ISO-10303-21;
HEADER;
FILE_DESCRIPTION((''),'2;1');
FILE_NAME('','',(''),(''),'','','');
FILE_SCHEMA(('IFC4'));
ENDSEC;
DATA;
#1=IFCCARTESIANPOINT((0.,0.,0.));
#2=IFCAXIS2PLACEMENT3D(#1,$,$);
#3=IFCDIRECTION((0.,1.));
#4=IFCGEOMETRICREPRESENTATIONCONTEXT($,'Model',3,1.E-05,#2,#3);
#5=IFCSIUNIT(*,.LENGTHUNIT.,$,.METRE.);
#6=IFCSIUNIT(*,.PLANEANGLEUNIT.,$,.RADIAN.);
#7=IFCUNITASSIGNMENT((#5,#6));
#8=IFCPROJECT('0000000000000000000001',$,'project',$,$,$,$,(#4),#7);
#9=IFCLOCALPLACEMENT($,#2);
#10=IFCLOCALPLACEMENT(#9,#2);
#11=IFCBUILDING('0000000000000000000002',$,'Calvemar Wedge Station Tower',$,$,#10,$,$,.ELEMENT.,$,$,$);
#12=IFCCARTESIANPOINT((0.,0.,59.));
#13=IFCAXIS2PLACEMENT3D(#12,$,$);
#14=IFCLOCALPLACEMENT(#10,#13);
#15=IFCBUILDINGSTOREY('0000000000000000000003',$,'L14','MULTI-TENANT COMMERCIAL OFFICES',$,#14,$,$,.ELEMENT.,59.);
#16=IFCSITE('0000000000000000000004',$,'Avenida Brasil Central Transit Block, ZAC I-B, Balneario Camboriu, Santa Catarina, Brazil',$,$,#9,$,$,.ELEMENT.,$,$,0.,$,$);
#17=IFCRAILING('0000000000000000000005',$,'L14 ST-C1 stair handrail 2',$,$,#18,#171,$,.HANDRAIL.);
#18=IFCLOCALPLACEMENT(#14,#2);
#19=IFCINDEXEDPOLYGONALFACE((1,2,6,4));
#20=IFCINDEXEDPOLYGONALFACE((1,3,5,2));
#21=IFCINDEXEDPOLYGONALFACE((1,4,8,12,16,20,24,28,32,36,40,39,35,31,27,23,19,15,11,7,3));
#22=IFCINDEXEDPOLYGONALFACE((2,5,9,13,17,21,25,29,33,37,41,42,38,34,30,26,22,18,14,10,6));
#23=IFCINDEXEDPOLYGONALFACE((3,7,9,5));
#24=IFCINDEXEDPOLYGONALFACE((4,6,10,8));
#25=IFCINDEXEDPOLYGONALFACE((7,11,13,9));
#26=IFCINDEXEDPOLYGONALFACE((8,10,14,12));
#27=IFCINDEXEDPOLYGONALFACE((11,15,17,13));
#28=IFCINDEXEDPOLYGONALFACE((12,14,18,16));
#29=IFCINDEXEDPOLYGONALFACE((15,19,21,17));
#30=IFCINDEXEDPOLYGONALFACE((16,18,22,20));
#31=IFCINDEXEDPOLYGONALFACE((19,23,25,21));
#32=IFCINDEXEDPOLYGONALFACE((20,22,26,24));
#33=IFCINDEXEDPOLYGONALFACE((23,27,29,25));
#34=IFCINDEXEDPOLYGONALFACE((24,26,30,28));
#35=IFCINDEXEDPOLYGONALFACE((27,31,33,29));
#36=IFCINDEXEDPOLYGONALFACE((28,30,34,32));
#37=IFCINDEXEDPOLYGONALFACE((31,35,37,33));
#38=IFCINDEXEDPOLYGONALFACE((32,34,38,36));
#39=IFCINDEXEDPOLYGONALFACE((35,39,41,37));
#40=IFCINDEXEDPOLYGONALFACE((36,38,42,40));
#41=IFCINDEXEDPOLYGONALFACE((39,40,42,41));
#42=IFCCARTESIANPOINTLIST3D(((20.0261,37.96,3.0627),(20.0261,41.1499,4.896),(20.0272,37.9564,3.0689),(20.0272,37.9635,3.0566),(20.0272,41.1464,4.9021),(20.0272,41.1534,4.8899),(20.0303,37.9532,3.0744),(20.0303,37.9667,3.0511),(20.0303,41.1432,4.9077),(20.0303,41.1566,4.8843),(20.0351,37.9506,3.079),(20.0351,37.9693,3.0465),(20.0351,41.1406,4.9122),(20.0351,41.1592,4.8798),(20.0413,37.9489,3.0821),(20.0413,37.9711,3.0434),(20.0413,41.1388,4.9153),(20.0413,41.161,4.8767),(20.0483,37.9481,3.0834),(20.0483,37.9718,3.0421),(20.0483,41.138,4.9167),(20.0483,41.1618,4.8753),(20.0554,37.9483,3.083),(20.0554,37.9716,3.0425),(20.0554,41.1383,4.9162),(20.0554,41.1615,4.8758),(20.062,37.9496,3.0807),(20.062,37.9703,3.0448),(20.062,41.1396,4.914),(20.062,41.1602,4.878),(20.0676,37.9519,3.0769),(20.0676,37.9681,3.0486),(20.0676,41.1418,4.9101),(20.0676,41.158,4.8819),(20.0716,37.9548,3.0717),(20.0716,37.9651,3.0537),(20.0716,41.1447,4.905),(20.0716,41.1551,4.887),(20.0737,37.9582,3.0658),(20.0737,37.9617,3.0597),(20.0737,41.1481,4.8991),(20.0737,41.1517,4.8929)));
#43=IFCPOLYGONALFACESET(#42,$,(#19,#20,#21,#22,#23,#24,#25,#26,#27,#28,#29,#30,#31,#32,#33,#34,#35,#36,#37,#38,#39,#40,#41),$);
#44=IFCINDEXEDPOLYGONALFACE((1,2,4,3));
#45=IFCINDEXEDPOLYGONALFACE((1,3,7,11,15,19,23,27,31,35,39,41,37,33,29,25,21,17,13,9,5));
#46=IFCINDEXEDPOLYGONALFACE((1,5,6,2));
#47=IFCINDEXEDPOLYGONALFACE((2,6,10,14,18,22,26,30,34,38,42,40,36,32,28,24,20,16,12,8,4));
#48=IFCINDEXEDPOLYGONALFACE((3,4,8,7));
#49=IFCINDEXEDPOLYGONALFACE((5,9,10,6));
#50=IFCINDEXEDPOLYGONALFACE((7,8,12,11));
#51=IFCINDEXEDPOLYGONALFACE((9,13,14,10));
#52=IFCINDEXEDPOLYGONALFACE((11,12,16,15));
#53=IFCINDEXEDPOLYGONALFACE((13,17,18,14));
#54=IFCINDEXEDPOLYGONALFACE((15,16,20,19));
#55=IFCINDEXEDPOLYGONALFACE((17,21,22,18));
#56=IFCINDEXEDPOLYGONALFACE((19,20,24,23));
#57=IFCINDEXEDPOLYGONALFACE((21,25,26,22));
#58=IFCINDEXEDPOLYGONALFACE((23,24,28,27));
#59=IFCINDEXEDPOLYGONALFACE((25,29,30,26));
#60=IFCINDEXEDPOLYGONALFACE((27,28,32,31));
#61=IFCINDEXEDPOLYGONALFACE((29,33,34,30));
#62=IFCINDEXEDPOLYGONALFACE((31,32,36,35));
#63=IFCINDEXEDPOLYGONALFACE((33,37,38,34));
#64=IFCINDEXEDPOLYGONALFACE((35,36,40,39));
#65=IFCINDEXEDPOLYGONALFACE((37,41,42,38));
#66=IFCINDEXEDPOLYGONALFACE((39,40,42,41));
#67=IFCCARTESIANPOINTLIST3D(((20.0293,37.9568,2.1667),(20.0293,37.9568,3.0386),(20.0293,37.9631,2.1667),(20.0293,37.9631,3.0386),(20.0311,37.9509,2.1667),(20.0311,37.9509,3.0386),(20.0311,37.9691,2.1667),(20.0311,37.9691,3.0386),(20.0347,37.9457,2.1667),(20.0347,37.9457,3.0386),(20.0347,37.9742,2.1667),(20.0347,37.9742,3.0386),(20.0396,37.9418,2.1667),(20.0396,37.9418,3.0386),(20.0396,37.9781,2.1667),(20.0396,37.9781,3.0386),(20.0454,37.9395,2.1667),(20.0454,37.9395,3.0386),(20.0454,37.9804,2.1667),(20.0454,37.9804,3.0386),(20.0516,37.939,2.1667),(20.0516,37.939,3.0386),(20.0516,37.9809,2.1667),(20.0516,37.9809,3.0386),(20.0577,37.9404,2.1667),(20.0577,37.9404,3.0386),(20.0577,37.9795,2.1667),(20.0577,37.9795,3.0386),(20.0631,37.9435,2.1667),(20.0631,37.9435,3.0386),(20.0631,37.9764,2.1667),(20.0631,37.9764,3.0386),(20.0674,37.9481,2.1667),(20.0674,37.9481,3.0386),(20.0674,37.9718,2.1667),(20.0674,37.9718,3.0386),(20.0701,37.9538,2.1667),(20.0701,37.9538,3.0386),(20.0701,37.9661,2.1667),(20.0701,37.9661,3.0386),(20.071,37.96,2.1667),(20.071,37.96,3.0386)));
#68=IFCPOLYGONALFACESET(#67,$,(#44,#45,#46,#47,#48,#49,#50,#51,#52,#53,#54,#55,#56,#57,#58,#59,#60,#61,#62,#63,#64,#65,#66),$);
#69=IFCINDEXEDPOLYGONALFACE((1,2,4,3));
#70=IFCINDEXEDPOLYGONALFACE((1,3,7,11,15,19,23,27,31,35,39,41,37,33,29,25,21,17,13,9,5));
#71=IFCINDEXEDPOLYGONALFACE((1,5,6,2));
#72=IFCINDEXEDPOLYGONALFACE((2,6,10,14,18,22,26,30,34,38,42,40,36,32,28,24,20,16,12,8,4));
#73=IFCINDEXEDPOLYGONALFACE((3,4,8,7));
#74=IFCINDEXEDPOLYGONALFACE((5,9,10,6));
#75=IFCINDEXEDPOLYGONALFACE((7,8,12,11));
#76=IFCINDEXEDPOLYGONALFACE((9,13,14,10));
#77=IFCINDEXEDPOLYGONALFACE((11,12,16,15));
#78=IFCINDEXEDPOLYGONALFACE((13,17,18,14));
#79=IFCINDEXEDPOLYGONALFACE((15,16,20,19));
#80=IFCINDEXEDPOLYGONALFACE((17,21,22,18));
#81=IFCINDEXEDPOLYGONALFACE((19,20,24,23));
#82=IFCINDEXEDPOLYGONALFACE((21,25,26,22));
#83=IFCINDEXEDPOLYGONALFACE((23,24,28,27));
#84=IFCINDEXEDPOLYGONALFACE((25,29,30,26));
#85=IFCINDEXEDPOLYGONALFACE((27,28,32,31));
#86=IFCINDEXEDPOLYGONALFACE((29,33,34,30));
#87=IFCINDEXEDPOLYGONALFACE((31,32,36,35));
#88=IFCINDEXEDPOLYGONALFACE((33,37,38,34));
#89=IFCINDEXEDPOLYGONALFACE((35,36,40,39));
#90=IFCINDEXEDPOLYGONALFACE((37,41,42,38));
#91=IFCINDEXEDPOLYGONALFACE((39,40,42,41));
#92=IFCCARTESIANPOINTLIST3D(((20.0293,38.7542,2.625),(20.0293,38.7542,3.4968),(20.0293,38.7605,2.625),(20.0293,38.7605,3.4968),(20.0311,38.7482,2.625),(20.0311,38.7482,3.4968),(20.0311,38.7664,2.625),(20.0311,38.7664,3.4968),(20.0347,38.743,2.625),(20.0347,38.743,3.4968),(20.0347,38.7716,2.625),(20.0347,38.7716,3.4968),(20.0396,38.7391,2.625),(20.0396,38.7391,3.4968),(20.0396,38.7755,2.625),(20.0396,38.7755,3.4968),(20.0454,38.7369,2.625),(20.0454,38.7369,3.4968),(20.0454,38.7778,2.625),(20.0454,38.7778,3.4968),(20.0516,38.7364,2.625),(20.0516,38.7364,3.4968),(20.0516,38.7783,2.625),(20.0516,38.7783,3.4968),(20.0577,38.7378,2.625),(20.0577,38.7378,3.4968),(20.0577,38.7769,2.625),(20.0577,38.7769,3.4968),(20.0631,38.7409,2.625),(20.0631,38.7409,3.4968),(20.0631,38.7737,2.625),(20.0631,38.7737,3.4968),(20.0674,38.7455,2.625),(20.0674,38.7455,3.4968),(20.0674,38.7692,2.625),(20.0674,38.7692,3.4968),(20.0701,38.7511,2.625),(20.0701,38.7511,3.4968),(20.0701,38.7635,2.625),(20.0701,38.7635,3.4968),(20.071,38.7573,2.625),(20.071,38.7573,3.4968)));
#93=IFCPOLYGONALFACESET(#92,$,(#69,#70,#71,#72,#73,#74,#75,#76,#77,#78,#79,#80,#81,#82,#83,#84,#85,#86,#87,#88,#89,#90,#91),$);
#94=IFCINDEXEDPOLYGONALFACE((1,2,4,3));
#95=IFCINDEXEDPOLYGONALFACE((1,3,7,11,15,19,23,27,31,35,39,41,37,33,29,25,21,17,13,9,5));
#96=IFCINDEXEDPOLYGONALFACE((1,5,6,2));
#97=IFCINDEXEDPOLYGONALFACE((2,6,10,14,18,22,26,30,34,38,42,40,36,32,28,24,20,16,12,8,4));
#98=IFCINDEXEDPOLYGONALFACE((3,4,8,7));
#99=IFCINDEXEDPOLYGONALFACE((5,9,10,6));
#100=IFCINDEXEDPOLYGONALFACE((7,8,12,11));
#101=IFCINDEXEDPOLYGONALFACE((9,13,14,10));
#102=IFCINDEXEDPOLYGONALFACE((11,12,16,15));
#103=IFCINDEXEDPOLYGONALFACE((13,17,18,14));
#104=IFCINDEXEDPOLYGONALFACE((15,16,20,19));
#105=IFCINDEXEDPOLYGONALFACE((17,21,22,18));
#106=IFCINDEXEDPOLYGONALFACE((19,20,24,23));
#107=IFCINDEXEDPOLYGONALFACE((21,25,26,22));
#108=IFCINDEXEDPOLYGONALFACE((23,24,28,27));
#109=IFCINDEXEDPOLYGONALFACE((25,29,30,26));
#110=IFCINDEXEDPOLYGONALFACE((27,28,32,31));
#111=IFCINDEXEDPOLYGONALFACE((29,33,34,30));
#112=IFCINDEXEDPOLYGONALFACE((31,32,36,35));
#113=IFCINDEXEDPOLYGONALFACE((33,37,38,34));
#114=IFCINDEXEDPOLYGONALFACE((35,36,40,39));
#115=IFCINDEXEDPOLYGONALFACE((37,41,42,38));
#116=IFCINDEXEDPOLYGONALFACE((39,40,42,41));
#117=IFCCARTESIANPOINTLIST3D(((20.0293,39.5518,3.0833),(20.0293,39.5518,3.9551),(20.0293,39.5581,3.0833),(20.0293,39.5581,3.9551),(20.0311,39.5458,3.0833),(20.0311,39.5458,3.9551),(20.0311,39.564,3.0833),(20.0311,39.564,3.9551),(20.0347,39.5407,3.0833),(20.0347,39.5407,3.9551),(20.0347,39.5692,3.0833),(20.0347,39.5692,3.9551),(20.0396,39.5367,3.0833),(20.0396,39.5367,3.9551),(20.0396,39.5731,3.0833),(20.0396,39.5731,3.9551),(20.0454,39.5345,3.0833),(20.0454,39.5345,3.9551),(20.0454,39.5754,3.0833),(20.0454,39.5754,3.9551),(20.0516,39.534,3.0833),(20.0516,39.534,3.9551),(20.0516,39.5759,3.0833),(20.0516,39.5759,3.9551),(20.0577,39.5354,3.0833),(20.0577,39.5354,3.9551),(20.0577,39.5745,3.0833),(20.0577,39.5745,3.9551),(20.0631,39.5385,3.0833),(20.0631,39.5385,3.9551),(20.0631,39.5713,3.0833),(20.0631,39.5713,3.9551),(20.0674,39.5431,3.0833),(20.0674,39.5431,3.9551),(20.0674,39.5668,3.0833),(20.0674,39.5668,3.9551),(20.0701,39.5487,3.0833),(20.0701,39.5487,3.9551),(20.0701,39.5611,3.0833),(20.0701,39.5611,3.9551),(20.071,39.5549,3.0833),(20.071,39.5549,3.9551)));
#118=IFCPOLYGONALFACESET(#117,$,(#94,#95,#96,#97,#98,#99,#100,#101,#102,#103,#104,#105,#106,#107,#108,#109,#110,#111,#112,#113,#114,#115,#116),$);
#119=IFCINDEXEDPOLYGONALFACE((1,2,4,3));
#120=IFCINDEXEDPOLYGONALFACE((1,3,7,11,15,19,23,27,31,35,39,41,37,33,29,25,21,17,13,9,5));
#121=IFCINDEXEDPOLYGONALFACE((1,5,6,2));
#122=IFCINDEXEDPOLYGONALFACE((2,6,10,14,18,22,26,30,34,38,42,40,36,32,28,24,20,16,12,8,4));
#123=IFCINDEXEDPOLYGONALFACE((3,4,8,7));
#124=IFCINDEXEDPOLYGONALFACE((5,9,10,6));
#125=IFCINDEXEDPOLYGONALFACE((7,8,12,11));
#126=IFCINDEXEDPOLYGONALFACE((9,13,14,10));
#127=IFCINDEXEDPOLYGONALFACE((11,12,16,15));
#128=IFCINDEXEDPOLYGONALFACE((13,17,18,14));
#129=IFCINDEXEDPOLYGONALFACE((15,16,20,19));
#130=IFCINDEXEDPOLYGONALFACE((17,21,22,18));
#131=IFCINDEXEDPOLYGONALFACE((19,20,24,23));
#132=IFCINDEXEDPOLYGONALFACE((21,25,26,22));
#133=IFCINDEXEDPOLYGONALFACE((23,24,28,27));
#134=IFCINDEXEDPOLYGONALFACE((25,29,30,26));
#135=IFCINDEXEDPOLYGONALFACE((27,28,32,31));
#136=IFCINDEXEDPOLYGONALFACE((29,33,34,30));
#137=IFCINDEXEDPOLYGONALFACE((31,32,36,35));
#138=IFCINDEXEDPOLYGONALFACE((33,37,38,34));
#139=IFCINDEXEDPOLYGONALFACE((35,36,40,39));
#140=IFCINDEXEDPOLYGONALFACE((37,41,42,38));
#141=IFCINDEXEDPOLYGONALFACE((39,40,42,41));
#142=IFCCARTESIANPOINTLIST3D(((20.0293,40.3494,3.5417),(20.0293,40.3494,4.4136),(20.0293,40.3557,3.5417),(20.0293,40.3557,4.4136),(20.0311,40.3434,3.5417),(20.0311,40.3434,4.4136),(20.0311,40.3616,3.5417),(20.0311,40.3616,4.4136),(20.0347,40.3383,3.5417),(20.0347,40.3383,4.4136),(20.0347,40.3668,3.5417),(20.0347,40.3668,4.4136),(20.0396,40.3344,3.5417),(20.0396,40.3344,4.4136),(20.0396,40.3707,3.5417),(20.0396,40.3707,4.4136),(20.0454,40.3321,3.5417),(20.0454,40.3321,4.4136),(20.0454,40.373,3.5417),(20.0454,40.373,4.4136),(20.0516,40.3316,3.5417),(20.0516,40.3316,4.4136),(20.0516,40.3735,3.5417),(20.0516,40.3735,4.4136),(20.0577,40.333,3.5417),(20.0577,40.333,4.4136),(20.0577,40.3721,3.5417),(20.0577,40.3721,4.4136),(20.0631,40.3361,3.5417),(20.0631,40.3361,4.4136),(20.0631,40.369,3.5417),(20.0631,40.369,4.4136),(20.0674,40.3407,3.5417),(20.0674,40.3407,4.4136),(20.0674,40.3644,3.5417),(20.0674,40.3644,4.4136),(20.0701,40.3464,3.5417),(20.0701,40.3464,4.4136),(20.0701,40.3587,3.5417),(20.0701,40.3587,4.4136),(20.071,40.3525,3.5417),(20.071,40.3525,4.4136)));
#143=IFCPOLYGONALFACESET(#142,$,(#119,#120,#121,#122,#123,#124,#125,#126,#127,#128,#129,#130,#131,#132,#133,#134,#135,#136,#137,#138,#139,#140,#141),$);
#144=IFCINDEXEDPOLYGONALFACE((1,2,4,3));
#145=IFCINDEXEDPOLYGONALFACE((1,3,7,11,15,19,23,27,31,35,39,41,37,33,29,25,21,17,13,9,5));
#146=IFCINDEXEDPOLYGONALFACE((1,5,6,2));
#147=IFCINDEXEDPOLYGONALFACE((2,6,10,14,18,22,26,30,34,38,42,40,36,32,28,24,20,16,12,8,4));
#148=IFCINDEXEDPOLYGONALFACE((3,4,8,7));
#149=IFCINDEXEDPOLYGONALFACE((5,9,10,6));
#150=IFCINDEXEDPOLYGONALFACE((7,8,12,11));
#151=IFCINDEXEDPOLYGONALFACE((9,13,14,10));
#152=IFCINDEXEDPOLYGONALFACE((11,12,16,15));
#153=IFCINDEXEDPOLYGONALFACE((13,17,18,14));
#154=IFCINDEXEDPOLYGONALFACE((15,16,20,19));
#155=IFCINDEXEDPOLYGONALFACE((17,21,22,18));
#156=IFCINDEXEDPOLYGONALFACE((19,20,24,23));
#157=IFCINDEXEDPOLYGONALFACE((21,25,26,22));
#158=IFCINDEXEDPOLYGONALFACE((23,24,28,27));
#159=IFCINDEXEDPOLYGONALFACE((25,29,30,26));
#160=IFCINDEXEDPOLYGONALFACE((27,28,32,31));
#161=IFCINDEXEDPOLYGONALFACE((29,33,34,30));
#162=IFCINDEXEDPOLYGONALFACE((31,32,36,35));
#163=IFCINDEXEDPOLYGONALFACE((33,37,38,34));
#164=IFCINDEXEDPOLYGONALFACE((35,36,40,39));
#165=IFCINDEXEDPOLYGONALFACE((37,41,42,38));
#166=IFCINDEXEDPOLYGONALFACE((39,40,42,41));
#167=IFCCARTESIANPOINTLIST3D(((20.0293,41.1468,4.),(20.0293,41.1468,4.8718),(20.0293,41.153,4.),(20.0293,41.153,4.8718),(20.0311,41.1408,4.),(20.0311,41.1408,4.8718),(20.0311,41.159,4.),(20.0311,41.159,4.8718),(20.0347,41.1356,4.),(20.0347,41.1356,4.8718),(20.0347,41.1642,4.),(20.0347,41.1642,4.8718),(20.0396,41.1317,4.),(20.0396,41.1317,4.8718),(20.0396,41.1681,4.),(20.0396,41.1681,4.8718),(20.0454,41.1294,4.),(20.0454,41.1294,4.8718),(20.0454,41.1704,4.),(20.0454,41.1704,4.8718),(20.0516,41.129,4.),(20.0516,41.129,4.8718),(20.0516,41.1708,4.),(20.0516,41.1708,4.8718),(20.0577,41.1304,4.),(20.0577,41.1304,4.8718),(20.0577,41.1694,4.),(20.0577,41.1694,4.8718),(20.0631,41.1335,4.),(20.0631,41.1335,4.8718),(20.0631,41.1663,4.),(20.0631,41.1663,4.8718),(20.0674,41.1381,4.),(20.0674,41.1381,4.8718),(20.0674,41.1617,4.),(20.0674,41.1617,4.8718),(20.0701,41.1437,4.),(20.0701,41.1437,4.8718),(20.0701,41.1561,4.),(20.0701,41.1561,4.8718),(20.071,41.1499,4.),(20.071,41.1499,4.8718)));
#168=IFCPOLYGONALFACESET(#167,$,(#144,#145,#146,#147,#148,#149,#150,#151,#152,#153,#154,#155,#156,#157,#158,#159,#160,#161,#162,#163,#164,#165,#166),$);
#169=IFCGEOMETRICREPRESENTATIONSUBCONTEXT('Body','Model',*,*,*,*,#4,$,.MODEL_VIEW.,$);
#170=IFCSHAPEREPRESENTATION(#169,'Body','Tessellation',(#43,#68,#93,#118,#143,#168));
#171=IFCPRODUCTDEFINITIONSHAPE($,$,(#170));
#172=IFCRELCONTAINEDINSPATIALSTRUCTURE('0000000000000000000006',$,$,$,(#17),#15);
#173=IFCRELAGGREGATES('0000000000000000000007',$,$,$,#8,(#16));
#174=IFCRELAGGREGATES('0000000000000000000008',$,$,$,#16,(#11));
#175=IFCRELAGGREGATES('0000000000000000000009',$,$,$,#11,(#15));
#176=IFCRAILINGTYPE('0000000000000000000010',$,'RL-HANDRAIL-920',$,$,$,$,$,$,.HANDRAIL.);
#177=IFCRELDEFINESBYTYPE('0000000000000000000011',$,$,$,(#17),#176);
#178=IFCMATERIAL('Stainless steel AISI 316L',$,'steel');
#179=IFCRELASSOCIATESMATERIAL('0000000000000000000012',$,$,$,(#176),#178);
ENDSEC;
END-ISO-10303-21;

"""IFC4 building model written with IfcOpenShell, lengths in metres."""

from ifc_helpers import new_model, si_unit, direction, frame, origin, origin_2d, place, context, subcontext, project, spatial, circle, extrude, material, type_object, element, save


model = new_model("IFC4")

# Units and contexts
model_context = context("Model", 3, precision=1e-05, world=origin(), true_north=direction((0.0, 1.0)))
body_context = subcontext(model_context, "Body", "Model", "MODEL_VIEW")
ifc_project = project(units=[si_unit("LENGTHUNIT", "METRE"), si_unit("PLANEANGLEUNIT", "RADIAN")], contexts=[model_context])

# Site, building, storey
site_placement = place(None, origin())
site = spatial("IfcSite", under=ifc_project, at=site_placement, Name="Avenida Brasil Central Transit Block, ZAC I-B, Balneario Camboriu, Santa Catarina, Brazil", CompositionType="ELEMENT", RefElevation=0.0)
building_placement = place(site_placement, origin())
building = spatial("IfcBuilding", under=site, at=building_placement, Name="Calvemar Wedge Station Tower", CompositionType="ELEMENT")
storey_placement = place(building_placement, frame((0.0, 0.0, 59.0)))
storey = spatial("IfcBuildingStorey", under=building, at=storey_placement, Name="L14", Description="MULTI-TENANT COMMERCIAL OFFICES", CompositionType="ELEMENT", Elevation=59.0)

# Railing
ifc_material_1 = material(Name="Stainless steel AISI 316L", Category="steel")
railing_type_1 = type_object("IfcRailingType", Name="RL-HANDRAIL-920", PredefinedType="HANDRAIL", material=ifc_material_1)
railing_1_placement = place(storey_placement, frame((20.05, 37.96, 2.1667)))
element("IfcRailing", 1, at=railing_1_placement, inside=storey, type_object=railing_type_1, Name="L14 ST-C1 stair handrail 2", PredefinedType="HANDRAIL", context=body_context, shape_type="SweptSolid", body=[
    extrude(circle(Radius=0.0239, at=origin_2d()), frame((0.0, 0.0, 0.896), z_axis=(0.0, 0.86702, 0.498274), x_axis=(-1.0, 0.0, 0.0)), (0.0, 0.0, 1.0), 3.6792),
    extrude(circle(Radius=0.021, at=origin_2d()), origin(), (0.0, 0.0, 1.0), 0.8718),
    extrude(circle(Radius=0.021, at=origin_2d()), frame((0.0, 0.7974, 0.4583)), (0.0, 0.0, 1.0), 0.8718),
    extrude(circle(Radius=0.021, at=origin_2d()), frame((0.0, 1.595, 0.9165)), (0.0, 0.0, 1.0), 0.8718),
    extrude(circle(Radius=0.021, at=origin_2d()), frame((0.0, 2.3926, 1.375)), (0.0, 0.0, 1.0), 0.8718),
    extrude(circle(Radius=0.021, at=origin_2d()), frame((0.0, 3.1899, 1.8333)), (0.0, 0.0, 1.0), 0.8718),
])

save(model, "model.ifc")
